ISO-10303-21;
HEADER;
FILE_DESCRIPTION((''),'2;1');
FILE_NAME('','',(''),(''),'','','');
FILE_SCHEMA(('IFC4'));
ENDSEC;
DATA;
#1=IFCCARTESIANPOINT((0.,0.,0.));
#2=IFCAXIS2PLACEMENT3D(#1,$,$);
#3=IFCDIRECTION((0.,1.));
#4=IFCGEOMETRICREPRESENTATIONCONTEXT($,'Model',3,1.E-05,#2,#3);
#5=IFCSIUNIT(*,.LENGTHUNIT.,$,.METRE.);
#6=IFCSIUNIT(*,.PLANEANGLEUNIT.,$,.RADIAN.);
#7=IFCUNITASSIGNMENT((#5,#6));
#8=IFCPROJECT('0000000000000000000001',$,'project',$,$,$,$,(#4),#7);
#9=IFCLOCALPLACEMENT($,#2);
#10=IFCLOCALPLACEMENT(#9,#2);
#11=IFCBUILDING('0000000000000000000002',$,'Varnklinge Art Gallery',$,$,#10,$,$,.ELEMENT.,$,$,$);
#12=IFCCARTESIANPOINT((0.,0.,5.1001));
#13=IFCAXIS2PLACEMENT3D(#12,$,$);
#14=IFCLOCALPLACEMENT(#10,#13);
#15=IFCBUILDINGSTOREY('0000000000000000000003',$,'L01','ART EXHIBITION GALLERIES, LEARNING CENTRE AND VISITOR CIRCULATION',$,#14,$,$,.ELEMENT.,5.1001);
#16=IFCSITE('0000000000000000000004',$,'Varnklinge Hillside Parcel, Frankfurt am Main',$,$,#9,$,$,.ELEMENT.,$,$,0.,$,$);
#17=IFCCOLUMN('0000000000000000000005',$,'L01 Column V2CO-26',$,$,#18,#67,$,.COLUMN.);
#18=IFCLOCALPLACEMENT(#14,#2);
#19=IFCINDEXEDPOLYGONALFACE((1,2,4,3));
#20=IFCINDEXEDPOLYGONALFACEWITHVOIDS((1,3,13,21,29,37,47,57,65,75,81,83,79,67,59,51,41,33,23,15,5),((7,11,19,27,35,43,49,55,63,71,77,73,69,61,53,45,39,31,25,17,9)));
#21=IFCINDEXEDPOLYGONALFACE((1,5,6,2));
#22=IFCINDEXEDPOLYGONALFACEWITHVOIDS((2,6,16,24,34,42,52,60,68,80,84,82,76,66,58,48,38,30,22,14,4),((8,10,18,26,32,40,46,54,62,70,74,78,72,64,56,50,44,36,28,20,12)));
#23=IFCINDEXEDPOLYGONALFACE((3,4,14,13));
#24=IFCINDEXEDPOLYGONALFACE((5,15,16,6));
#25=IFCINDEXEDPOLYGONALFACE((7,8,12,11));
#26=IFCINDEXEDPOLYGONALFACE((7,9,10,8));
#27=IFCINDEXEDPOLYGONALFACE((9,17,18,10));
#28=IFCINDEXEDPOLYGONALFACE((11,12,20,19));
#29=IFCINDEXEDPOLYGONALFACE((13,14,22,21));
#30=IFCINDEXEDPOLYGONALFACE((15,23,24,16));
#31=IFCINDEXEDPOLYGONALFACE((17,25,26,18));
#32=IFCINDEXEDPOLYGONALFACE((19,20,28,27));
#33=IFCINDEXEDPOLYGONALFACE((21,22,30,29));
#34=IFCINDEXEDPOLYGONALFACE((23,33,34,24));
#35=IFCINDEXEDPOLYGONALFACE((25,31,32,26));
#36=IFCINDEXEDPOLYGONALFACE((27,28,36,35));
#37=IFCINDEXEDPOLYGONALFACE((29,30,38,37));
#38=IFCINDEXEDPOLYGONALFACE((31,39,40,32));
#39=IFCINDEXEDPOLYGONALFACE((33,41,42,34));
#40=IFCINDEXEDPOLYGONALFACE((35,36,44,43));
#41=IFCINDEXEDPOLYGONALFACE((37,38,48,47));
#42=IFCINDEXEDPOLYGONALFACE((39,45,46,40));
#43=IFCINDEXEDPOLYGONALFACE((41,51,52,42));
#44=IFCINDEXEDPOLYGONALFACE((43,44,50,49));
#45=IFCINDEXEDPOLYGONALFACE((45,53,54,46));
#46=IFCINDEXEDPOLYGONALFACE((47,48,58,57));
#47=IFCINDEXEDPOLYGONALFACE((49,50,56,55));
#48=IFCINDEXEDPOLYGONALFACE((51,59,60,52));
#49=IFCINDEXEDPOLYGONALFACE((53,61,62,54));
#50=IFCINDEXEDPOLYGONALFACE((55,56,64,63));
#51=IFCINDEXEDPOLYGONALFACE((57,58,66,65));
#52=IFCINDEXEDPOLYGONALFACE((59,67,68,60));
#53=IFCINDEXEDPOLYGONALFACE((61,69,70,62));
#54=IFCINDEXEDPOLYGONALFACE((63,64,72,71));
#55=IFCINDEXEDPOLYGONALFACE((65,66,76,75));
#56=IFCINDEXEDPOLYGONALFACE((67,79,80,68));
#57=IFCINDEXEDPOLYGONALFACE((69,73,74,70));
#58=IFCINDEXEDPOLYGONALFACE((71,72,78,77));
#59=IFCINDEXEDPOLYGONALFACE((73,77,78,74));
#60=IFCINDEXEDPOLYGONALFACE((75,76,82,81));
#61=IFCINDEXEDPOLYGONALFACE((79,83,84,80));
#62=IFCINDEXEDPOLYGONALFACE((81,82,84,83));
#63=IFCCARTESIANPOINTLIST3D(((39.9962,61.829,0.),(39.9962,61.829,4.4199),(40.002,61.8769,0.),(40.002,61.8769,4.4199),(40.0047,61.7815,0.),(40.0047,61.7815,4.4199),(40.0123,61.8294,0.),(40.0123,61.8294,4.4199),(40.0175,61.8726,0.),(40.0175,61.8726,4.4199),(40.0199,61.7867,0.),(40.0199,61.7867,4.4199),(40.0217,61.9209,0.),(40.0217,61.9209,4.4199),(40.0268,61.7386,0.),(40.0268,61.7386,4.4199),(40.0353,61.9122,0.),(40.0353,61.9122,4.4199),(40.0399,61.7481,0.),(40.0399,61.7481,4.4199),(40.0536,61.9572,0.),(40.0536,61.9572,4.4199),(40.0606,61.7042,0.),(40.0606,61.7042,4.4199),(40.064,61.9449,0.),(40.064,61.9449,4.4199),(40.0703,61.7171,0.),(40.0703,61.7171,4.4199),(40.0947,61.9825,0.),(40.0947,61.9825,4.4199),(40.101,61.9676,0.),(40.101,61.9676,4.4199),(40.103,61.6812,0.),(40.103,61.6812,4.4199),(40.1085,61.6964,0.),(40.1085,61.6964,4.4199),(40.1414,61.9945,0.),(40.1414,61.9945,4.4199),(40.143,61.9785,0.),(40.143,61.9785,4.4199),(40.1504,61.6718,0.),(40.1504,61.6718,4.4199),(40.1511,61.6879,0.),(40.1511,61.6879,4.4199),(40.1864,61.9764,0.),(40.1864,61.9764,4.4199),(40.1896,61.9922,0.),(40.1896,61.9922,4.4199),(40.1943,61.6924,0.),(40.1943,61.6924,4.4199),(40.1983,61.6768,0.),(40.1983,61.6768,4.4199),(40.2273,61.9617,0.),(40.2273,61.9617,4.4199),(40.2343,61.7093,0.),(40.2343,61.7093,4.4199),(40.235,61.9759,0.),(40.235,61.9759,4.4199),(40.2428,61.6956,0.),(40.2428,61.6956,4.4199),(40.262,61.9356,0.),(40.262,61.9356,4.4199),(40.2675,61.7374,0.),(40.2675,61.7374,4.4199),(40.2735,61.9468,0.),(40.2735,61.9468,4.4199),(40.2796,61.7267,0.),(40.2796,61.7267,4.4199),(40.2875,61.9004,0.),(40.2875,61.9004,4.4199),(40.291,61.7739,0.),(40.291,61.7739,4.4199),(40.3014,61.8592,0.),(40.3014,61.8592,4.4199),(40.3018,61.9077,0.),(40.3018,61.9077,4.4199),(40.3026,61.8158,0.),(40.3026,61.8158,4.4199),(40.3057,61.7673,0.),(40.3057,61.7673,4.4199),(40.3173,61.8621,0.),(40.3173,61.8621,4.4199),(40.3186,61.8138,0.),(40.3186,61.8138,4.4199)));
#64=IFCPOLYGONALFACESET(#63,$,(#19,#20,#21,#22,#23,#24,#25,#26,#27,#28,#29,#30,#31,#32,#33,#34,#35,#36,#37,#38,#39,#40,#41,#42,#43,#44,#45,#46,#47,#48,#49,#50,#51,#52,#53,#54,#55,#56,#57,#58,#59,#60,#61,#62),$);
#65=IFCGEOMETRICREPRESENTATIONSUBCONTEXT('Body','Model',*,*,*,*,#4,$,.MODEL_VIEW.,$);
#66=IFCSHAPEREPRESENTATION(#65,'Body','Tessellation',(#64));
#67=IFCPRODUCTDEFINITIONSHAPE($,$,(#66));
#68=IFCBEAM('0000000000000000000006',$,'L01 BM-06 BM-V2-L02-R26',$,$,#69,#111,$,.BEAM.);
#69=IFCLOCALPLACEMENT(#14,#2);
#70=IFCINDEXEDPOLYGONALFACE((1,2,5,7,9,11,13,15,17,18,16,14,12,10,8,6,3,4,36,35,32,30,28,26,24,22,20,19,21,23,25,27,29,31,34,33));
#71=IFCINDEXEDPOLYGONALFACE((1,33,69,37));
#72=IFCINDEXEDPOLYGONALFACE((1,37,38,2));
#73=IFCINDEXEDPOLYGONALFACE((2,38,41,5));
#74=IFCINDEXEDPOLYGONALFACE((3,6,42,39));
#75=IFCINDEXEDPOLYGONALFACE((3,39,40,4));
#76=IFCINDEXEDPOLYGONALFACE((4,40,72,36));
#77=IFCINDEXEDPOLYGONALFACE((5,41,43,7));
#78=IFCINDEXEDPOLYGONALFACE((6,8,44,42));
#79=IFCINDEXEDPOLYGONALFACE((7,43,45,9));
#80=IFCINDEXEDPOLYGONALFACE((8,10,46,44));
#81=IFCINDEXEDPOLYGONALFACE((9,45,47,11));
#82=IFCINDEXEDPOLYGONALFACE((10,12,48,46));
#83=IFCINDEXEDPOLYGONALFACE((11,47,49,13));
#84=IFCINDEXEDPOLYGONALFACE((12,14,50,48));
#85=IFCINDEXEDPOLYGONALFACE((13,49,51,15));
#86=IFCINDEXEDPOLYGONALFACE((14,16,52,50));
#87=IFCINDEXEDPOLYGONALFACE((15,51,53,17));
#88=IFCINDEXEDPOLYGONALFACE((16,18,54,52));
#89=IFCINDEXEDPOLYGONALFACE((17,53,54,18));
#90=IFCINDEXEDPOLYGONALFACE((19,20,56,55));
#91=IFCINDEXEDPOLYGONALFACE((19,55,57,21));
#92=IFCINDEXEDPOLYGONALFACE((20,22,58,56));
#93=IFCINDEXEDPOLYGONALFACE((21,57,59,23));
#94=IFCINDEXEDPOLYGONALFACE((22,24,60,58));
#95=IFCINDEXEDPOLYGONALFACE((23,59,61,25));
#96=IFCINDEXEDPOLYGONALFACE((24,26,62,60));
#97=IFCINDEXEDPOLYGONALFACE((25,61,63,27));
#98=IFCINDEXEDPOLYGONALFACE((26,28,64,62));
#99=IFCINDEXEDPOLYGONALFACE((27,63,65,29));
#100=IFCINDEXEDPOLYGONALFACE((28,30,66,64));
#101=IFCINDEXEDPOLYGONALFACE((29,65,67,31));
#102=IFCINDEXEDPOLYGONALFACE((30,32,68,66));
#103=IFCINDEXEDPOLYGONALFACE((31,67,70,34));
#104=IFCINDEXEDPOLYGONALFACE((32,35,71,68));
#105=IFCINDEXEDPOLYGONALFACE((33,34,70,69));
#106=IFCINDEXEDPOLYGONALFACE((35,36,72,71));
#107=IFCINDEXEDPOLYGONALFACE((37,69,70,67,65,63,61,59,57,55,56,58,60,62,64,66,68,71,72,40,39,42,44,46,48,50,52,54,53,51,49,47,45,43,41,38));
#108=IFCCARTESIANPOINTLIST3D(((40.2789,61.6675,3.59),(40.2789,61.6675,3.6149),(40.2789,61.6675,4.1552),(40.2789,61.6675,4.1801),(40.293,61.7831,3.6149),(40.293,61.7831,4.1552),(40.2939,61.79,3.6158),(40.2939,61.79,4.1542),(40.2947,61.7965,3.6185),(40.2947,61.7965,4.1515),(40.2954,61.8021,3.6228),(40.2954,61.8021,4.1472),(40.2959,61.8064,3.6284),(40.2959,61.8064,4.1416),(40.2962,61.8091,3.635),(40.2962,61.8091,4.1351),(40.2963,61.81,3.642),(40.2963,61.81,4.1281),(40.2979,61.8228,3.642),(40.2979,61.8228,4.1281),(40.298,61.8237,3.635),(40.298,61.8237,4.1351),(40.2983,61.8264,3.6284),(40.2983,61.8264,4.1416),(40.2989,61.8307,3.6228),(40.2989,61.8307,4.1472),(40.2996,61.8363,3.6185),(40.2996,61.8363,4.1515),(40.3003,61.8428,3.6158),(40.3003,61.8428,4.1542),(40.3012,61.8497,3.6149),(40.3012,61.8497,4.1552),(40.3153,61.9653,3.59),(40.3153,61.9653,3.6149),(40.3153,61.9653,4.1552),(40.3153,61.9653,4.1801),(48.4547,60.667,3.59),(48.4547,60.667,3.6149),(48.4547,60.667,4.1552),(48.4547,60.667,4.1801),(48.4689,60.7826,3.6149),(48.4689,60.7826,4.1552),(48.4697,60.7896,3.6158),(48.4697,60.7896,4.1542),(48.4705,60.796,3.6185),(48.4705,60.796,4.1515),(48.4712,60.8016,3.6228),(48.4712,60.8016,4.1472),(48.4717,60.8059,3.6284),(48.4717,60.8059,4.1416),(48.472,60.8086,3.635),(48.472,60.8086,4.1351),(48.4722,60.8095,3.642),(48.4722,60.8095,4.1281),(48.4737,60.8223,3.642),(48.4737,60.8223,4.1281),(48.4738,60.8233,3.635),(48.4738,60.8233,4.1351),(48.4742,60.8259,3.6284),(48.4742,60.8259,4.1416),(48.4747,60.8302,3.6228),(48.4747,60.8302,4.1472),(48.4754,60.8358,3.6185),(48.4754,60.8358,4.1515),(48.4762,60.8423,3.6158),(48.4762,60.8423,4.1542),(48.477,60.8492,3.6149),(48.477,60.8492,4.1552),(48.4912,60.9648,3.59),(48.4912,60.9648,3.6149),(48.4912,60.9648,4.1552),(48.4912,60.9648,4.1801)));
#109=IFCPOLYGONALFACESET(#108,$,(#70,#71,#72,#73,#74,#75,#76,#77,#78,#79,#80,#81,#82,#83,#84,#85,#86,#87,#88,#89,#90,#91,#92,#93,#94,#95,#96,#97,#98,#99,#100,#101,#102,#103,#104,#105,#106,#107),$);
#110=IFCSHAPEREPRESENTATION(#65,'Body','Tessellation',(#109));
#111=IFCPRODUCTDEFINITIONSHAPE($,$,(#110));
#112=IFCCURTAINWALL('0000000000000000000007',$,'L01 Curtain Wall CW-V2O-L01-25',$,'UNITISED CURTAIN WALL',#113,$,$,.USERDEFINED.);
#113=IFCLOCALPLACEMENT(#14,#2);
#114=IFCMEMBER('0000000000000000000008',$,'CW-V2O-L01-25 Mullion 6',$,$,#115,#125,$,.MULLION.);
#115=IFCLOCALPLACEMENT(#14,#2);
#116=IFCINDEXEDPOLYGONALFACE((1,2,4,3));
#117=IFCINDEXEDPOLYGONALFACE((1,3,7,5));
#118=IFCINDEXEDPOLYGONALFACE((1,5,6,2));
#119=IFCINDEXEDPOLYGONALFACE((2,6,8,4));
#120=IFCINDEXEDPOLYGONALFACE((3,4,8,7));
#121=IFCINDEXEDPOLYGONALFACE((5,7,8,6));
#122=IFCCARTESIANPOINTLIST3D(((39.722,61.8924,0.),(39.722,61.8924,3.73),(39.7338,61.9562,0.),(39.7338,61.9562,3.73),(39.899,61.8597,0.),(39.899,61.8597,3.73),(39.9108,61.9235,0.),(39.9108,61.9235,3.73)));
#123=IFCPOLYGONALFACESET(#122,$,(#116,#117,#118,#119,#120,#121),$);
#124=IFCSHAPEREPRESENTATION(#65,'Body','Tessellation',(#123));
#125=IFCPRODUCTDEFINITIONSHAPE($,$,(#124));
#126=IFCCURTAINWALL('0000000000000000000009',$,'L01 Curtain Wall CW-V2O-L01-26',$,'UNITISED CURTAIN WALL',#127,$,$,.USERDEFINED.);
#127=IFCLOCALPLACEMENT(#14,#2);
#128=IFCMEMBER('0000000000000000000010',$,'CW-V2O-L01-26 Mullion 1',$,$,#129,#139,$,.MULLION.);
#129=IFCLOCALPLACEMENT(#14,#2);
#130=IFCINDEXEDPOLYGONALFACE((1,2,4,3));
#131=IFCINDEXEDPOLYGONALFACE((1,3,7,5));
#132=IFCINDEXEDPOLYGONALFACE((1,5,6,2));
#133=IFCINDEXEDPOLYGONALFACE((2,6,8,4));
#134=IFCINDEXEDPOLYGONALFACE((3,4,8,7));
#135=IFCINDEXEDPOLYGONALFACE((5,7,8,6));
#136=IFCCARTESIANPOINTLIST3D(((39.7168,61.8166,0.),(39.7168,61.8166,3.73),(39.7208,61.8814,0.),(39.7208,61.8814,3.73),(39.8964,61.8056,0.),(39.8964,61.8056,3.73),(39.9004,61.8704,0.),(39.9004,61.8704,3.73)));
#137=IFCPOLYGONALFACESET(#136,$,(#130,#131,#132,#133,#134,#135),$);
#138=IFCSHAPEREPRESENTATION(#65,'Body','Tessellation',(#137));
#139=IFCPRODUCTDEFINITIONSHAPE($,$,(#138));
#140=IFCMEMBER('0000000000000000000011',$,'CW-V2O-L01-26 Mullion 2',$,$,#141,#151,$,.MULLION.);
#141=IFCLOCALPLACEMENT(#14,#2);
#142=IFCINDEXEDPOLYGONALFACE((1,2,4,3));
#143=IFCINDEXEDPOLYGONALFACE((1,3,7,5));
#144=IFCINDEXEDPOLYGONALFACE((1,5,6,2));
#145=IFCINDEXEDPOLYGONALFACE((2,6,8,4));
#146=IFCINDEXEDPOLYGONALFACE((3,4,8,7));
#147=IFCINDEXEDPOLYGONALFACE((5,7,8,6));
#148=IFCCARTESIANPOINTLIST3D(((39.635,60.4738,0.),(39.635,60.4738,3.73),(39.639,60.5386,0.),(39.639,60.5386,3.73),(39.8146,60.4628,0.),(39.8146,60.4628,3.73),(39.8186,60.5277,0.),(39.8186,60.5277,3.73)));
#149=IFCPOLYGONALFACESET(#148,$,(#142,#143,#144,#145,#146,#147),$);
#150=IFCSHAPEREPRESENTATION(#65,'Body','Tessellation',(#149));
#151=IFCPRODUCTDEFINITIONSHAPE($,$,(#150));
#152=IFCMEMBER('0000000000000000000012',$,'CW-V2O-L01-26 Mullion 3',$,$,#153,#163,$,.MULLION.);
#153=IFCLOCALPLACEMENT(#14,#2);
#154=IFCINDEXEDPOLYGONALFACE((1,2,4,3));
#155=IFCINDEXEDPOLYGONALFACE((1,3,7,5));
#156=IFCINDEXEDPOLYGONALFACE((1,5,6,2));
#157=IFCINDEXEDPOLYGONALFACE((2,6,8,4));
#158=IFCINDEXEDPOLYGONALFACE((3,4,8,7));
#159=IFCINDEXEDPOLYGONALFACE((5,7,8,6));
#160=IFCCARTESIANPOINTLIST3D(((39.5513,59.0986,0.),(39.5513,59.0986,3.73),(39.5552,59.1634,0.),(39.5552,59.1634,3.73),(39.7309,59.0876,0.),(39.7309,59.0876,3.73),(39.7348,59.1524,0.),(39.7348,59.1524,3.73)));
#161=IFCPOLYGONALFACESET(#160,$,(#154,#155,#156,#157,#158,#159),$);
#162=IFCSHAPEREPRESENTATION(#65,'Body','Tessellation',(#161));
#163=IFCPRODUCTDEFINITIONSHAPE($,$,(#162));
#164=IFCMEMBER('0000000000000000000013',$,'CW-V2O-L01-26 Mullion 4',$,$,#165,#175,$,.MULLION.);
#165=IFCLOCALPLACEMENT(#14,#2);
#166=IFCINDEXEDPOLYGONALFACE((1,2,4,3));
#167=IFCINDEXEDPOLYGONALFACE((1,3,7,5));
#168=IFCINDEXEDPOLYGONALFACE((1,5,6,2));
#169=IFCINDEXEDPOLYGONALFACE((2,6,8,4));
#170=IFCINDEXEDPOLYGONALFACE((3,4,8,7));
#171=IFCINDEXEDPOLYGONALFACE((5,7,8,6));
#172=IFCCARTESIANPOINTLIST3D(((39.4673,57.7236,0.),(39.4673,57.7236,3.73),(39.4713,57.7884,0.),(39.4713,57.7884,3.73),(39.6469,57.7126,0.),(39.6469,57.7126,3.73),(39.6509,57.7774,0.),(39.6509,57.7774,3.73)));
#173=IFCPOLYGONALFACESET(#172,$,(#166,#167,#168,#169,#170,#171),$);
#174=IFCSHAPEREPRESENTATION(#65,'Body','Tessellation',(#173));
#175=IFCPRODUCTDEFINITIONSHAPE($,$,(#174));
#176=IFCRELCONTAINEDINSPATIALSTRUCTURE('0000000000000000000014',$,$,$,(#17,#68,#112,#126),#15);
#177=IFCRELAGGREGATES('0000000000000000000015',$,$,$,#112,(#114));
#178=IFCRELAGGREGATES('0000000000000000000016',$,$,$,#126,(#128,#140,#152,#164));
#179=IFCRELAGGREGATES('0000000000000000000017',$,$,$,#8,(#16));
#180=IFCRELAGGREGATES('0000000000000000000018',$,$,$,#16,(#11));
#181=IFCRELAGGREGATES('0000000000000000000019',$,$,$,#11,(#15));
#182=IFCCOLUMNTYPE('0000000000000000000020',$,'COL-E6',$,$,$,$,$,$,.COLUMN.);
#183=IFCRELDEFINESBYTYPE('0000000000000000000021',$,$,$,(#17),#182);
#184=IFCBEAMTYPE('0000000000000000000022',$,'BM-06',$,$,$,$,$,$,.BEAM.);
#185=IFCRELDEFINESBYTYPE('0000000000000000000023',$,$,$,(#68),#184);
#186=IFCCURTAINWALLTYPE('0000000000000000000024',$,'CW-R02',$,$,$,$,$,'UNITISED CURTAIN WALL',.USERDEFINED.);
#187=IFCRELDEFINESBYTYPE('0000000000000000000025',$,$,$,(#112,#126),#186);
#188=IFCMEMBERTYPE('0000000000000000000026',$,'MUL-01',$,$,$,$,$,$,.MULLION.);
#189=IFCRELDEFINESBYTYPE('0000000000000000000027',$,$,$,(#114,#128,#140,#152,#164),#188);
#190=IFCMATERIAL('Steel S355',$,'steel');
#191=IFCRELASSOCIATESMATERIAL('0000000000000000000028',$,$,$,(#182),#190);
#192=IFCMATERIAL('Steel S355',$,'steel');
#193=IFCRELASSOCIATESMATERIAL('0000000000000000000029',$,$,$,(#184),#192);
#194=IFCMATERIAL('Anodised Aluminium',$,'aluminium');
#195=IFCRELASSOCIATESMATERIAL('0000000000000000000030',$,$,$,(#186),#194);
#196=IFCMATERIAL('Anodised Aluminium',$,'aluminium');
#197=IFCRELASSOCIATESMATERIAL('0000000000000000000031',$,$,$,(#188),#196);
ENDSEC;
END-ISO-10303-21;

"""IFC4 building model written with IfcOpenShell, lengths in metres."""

from ifc_helpers import new_model, si_unit, direction, frame, origin, origin_2d, place, context, subcontext, project, spatial, rectangle, hollow_circle, i_section, extrude, material, material_profile, profile_set, type_object, element, aggregate, save


model = new_model("IFC4")

# Units and contexts
model_context = context("Model", 3, precision=1e-05, world=origin(), true_north=direction((0.0, 1.0)))
body_context = subcontext(model_context, "Body", "Model", "MODEL_VIEW")
ifc_project = project(units=[si_unit("LENGTHUNIT", "METRE"), si_unit("PLANEANGLEUNIT", "RADIAN")], contexts=[model_context])

# Site, building, storey
site_placement = place(None, origin())
site = spatial("IfcSite", under=ifc_project, at=site_placement, Name="Varnklinge Hillside Parcel, Frankfurt am Main", CompositionType="ELEMENT", RefElevation=0.0)
building_placement = place(site_placement, origin())
building = spatial("IfcBuilding", under=site, at=building_placement, Name="Varnklinge Art Gallery", CompositionType="ELEMENT")
storey_placement = place(building_placement, frame((0.0, 0.0, 5.1001)))
storey = spatial("IfcBuildingStorey", under=building, at=storey_placement, Name="L01", Description="ART EXHIBITION GALLERIES, LEARNING CENTRE AND VISITOR CIRCULATION", CompositionType="ELEMENT", Elevation=5.1001)

# Column
ifc_material_1 = material(Name="Steel S355", Category="steel")
ifc_material_profile_1 = material_profile(ifc_material_1, hollow_circle(Radius=0.1619, WallThickness=0.0161, at=origin_2d()), Name="CHS 323.9x16")
ifc_profile_set_1 = profile_set([ifc_material_profile_1], Name="Steel S355")
column_type = type_object("IfcColumnType", Name="COL-E6", PredefinedType="COLUMN", material=ifc_profile_set_1)
column_placement = place(storey_placement, frame((40.158, 61.8335, 0.0), z_axis=(0.0, 0.0, 1.0), x_axis=(0.992589, -0.121523, 0.0)))
element("IfcColumn", 1, at=column_placement, inside=storey, type_object=column_type, Name="L01 Column V2CO-26", PredefinedType="COLUMN", context=body_context, shape_type="SweptSolid", body=[
    extrude(hollow_circle(Radius=0.1619, WallThickness=0.0161, at=origin_2d()), origin(), (0.0, 0.0, 1.0), 4.4199),
])

# Beam
ifc_material_2 = material(Name="Steel S355", Category="steel")
ifc_material_profile_2 = material_profile(ifc_material_2, i_section(OverallWidth=0.3, OverallDepth=0.5901, WebThickness=0.0129, FlangeThickness=0.0249, FilletRadius=0.0271, at=origin_2d()), Name="HEA 600")
ifc_profile_set_2 = profile_set([ifc_material_profile_2], Name="Steel S355")
beam_type_1 = type_object("IfcBeamType", Name="BM-06", PredefinedType="BEAM", material=ifc_profile_set_2)
beam_1_placement = place(storey_placement, frame((40.2971, 61.8164, 3.885), z_axis=(0.992596, -0.121466, 0.0), x_axis=(0.121466, 0.992596, 0.0)))
element("IfcBeam", 2, at=beam_1_placement, inside=storey, type_object=beam_type_1, Name="L01 BM-06 BM-V2-L02-R26", PredefinedType="BEAM", context=body_context, shape_type="SweptSolid", body=[
    extrude(i_section(OverallWidth=0.3, OverallDepth=0.5901, WebThickness=0.0129, FlangeThickness=0.0249, FilletRadius=0.0271, at=origin_2d()), origin(), (0.0, 0.0, 1.0), 8.2368),
])

# Curtain wall, member
ifc_material_3 = material(Name="Anodised Aluminium", Category="aluminium")
curtain_wall_type = type_object("IfcCurtainWallType", Name="CW-R02", ElementType="UNITISED CURTAIN WALL", PredefinedType="USERDEFINED", material=ifc_material_3)
curtain_wall_1_placement = place(storey_placement, origin())
curtain_wall_1 = element("IfcCurtainWall", 3, at=curtain_wall_1_placement, inside=storey, type_object=curtain_wall_type, Name="L01 Curtain Wall CW-V2O-L01-25", ObjectType="UNITISED CURTAIN WALL", PredefinedType="USERDEFINED")
ifc_material_4 = material(Name="Anodised Aluminium", Category="aluminium")
ifc_material_profile_3 = material_profile(ifc_material_4, rectangle(XDim=0.0649, YDim=0.1799, at=origin_2d()), Name="ALU 65x180")
ifc_profile_set_3 = profile_set([ifc_material_profile_3], Name="Anodised Aluminium")
member_type_1 = type_object("IfcMemberType", Name="MUL-01", PredefinedType="MULLION", material=ifc_profile_set_3)
member_1_placement = place(storey_placement, frame((39.8164, 61.908, 0.0), z_axis=(0.0, 0.0, 1.0), x_axis=(-0.181721, -0.98335, 0.0)))
member_1 = element("IfcMember", 4, at=member_1_placement, type_object=member_type_1, Name="CW-V2O-L01-25 Mullion 6", PredefinedType="MULLION", context=body_context, shape_type="SweptSolid", body=[
    extrude(rectangle(XDim=0.0649, YDim=0.1799, at=origin_2d()), origin(), (0.0, 0.0, 1.0), 3.73),
])

# Curtain wall, members
curtain_wall_2_placement = place(storey_placement, origin())
curtain_wall_2 = element("IfcCurtainWall", 5, at=curtain_wall_2_placement, inside=storey, type_object=curtain_wall_type, Name="L01 Curtain Wall CW-V2O-L01-26", ObjectType="UNITISED CURTAIN WALL", PredefinedType="USERDEFINED")
member_2_placement = place(storey_placement, frame((39.8086, 61.8435, 0.0), z_axis=(0.0, 0.0, 1.0), x_axis=(-0.060874, -0.998145, 0.0)))
member_2 = element("IfcMember", 6, at=member_2_placement, type_object=member_type_1, Name="CW-V2O-L01-26 Mullion 1", PredefinedType="MULLION", context=body_context, shape_type="SweptSolid", body=[
    extrude(rectangle(XDim=0.0649, YDim=0.1799, at=origin_2d()), origin(), (0.0, 0.0, 1.0), 3.73),
])
member_3_placement = place(storey_placement, frame((39.7268, 60.5007, 0.0), z_axis=(0.0, 0.0, 1.0), x_axis=(-0.060874, -0.998145, 0.0)))
member_3 = element("IfcMember", 7, at=member_3_placement, type_object=member_type_1, Name="CW-V2O-L01-26 Mullion 2", PredefinedType="MULLION", context=body_context, shape_type="SweptSolid", body=[
    extrude(rectangle(XDim=0.0649, YDim=0.1799, at=origin_2d()), origin(), (0.0, 0.0, 1.0), 3.73),
])
member_4_placement = place(storey_placement, frame((39.6431, 59.1255, 0.0), z_axis=(0.0, 0.0, 1.0), x_axis=(-0.060874, -0.998145, 0.0)))
member_4 = element("IfcMember", 8, at=member_4_placement, type_object=member_type_1, Name="CW-V2O-L01-26 Mullion 3", PredefinedType="MULLION", context=body_context, shape_type="SweptSolid", body=[
    extrude(rectangle(XDim=0.0649, YDim=0.1799, at=origin_2d()), origin(), (0.0, 0.0, 1.0), 3.73),
])
member_5_placement = place(storey_placement, frame((39.5591, 57.7505, 0.0), z_axis=(0.0, 0.0, 1.0), x_axis=(-0.060874, -0.998145, 0.0)))
member_5 = element("IfcMember", 9, at=member_5_placement, type_object=member_type_1, Name="CW-V2O-L01-26 Mullion 4", PredefinedType="MULLION", context=body_context, shape_type="SweptSolid", body=[
    extrude(rectangle(XDim=0.0649, YDim=0.1799, at=origin_2d()), origin(), (0.0, 0.0, 1.0), 3.73),
])

aggregate(curtain_wall_1, [member_1])
aggregate(curtain_wall_2, [member_2, member_3, member_4, member_5])

save(model, "model.ifc")
